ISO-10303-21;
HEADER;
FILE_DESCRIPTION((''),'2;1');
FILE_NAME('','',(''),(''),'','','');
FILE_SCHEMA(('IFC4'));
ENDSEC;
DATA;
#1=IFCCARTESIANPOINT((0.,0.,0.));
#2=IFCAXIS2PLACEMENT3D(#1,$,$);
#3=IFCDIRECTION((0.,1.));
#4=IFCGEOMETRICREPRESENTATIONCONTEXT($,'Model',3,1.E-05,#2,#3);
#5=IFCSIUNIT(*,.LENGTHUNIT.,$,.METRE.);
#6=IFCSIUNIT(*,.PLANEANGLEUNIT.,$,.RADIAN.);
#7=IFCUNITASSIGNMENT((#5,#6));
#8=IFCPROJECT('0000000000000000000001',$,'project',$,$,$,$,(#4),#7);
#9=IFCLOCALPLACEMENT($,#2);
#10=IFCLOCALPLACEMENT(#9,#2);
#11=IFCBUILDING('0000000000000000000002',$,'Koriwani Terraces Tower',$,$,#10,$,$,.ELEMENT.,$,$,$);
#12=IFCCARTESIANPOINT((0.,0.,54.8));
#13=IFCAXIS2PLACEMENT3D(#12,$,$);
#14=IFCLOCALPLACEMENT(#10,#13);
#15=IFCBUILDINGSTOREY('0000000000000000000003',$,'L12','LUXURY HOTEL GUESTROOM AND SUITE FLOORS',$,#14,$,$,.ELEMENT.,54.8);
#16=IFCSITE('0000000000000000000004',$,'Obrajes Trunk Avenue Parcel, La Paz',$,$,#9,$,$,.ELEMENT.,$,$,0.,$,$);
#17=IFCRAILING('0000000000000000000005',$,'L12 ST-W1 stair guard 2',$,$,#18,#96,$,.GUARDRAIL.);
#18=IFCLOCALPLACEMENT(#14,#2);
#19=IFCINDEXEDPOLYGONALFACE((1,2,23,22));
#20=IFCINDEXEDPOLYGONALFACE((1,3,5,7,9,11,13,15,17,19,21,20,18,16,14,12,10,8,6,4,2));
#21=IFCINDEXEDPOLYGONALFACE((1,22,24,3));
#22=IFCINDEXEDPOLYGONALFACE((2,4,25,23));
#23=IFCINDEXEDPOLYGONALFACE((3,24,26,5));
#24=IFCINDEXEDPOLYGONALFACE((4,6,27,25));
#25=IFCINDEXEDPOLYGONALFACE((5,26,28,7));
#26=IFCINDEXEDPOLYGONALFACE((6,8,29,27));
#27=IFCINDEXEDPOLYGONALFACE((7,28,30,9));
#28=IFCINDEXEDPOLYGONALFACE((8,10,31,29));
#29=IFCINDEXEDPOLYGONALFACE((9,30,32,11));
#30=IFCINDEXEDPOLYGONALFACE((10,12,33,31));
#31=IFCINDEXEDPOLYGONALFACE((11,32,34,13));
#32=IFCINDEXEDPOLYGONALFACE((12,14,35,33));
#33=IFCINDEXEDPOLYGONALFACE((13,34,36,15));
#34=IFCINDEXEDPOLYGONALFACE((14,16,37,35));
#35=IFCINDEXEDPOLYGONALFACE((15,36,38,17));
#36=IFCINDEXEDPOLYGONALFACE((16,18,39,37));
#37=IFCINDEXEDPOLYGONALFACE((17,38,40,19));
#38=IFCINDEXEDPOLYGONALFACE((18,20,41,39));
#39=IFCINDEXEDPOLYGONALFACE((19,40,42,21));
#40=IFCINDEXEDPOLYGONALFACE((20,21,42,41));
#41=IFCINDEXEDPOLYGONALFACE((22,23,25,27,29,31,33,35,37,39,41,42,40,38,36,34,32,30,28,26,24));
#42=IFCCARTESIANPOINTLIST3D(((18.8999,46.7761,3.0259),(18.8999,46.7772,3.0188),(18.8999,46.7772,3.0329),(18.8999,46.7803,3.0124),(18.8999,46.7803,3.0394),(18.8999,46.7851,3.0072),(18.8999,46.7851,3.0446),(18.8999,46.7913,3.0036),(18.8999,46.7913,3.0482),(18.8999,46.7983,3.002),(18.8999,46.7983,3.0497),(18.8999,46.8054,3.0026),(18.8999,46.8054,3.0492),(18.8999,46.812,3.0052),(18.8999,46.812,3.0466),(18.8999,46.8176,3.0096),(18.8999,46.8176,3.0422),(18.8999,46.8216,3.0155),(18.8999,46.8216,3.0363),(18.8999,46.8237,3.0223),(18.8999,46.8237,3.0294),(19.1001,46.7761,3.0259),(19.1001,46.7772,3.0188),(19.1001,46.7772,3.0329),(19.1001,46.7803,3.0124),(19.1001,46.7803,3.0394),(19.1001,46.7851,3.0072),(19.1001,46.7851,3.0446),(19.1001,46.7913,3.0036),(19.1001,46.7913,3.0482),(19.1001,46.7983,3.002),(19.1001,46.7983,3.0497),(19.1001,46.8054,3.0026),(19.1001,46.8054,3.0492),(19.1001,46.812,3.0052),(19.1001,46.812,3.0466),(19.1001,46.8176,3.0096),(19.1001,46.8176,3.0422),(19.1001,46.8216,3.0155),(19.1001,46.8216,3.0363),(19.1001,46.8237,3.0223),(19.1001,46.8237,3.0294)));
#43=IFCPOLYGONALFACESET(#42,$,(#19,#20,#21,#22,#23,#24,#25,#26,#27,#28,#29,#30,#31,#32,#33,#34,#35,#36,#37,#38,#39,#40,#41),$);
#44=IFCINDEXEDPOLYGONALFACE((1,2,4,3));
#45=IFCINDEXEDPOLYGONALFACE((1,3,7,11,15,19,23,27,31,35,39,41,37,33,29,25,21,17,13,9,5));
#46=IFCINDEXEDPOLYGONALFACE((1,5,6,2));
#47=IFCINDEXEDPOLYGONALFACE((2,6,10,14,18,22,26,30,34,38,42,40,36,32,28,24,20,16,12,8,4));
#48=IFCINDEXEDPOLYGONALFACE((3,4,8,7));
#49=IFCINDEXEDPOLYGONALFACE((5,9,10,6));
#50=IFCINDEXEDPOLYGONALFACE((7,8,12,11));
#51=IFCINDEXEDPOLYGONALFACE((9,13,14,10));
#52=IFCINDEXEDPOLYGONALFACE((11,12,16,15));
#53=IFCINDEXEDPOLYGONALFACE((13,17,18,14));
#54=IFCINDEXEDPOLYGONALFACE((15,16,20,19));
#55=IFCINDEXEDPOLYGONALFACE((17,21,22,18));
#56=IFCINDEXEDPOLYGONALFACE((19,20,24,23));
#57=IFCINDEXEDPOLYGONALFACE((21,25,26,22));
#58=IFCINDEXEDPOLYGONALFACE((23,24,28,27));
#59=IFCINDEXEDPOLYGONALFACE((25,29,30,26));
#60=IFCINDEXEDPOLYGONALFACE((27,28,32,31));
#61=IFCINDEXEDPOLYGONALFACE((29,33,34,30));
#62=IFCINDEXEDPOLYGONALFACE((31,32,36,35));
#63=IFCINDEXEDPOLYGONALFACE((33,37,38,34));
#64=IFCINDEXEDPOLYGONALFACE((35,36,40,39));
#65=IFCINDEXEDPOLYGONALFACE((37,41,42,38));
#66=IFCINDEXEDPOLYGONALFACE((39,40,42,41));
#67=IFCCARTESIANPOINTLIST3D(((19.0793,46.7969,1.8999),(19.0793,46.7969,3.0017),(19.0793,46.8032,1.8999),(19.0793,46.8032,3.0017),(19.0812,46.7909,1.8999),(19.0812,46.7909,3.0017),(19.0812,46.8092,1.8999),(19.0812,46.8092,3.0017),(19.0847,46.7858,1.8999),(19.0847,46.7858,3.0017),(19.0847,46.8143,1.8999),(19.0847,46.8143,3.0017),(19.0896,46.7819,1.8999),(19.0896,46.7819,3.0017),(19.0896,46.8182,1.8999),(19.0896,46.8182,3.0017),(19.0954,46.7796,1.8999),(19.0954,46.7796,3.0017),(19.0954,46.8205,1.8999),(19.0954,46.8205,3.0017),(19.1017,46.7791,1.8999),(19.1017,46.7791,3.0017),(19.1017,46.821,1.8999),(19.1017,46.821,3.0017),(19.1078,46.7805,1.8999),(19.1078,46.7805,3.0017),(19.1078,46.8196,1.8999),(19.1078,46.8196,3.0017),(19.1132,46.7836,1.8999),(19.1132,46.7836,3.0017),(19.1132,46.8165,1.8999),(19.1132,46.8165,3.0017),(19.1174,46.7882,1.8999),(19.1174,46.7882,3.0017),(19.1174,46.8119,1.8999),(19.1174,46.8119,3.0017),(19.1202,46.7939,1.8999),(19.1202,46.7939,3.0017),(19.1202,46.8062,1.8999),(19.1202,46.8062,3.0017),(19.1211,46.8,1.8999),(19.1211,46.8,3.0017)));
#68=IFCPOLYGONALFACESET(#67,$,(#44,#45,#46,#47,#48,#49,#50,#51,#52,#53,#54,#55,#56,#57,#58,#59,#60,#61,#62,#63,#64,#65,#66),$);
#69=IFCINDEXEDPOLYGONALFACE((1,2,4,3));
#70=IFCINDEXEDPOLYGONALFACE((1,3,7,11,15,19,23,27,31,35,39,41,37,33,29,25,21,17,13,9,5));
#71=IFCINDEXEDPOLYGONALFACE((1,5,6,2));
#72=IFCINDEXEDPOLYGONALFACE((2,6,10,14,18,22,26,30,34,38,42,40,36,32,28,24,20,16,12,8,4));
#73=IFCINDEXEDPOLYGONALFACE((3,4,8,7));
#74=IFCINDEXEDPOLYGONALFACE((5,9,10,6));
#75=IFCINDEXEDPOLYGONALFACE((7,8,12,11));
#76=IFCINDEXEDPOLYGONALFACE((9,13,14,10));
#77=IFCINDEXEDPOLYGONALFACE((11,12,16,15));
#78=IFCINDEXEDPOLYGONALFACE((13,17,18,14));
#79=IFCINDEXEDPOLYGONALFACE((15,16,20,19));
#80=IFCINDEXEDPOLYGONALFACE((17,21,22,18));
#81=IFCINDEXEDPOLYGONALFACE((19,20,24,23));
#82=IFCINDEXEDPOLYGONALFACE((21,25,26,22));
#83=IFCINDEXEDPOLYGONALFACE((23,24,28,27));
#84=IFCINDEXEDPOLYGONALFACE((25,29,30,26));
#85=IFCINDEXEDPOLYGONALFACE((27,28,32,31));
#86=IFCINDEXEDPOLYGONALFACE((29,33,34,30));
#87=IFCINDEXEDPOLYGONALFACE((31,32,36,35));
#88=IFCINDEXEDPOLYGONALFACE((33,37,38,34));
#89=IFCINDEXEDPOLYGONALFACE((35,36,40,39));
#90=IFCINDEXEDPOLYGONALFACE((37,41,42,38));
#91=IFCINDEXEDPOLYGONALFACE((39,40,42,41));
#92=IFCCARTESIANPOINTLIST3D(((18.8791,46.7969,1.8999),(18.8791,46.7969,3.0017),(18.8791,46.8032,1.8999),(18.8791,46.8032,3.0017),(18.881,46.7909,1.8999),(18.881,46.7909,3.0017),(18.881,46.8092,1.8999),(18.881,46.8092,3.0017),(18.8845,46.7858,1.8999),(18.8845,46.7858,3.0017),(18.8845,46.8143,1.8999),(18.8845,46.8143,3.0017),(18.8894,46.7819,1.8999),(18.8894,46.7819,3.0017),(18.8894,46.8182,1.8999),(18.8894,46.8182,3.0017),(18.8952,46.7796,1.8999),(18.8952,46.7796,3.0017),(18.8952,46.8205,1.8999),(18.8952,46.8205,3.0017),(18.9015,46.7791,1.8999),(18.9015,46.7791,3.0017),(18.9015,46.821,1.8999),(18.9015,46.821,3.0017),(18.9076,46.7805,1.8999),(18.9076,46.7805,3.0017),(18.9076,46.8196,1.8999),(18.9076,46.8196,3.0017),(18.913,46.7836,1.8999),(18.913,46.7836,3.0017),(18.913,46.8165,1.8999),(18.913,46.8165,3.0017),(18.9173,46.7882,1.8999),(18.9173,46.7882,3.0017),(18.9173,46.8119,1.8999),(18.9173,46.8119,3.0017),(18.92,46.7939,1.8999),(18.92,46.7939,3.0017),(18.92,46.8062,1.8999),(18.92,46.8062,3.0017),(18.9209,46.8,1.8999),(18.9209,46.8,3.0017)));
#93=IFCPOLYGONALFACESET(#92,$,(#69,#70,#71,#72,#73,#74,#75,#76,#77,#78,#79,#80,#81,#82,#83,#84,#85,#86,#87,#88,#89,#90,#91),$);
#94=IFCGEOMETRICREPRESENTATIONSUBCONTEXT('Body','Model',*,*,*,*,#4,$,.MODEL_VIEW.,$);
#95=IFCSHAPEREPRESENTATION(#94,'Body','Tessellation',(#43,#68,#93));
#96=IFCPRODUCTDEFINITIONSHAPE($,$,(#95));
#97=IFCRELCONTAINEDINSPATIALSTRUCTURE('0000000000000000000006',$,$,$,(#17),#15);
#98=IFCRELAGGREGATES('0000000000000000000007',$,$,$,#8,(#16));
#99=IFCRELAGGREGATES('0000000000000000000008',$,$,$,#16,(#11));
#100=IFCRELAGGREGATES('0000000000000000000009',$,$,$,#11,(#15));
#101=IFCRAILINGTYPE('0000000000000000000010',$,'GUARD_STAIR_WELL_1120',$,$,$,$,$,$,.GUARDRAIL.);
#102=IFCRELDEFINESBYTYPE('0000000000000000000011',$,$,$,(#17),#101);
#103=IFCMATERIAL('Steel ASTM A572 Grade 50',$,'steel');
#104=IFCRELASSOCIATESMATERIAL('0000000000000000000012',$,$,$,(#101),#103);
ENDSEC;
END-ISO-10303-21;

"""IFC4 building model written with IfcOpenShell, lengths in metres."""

from ifc_helpers import new_model, si_unit, direction, frame, origin, origin_2d, place, context, subcontext, project, spatial, circle, extrude, material, type_object, element, save


model = new_model("IFC4")

# Units and contexts
model_context = context("Model", 3, precision=1e-05, world=origin(), true_north=direction((0.0, 1.0)))
body_context = subcontext(model_context, "Body", "Model", "MODEL_VIEW")
ifc_project = project(units=[si_unit("LENGTHUNIT", "METRE"), si_unit("PLANEANGLEUNIT", "RADIAN")], contexts=[model_context])

# Site, building, storey
site_placement = place(None, origin())
site = spatial("IfcSite", under=ifc_project, at=site_placement, Name="Obrajes Trunk Avenue Parcel, La Paz", CompositionType="ELEMENT", RefElevation=0.0)
building_placement = place(site_placement, origin())
building = spatial("IfcBuilding", under=site, at=building_placement, Name="Koriwani Terraces Tower", CompositionType="ELEMENT")
storey_placement = place(building_placement, frame((0.0, 0.0, 54.8)))
storey = spatial("IfcBuildingStorey", under=building, at=storey_placement, Name="L12", Description="LUXURY HOTEL GUESTROOM AND SUITE FLOORS", CompositionType="ELEMENT", Elevation=54.8)

# Shared definitions
ifc_material_1 = material(Name="Steel ASTM A572 Grade 50", Category="steel")

# Railing
railing_type_1 = type_object("IfcRailingType", Name="GUARD_STAIR_WELL_1120", PredefinedType="GUARDRAIL", material=ifc_material_1)
railing_1_placement = place(storey_placement, frame((19.1001, 46.8, 1.8999)))
element("IfcRailing", 1, at=railing_1_placement, inside=storey, type_object=railing_type_1, Name="L12 ST-W1 stair guard 2", PredefinedType="GUARDRAIL", context=body_context, shape_type="SweptSolid", body=[
    extrude(circle(Radius=0.0239, at=origin_2d()), frame((0.0, 0.0, 1.126), z_axis=(-1.0, 0.0, 0.0), x_axis=(0.0, -1.0, 0.0)), (0.0, 0.0, 1.0), 0.2002),
    extrude(circle(Radius=0.021, at=origin_2d()), origin(), (0.0, 0.0, 1.0), 1.1018),
    extrude(circle(Radius=0.021, at=origin_2d()), frame((-0.2002, 0.0, 0.0)), (0.0, 0.0, 1.0), 1.1018),
])

save(model, "model.ifc")
